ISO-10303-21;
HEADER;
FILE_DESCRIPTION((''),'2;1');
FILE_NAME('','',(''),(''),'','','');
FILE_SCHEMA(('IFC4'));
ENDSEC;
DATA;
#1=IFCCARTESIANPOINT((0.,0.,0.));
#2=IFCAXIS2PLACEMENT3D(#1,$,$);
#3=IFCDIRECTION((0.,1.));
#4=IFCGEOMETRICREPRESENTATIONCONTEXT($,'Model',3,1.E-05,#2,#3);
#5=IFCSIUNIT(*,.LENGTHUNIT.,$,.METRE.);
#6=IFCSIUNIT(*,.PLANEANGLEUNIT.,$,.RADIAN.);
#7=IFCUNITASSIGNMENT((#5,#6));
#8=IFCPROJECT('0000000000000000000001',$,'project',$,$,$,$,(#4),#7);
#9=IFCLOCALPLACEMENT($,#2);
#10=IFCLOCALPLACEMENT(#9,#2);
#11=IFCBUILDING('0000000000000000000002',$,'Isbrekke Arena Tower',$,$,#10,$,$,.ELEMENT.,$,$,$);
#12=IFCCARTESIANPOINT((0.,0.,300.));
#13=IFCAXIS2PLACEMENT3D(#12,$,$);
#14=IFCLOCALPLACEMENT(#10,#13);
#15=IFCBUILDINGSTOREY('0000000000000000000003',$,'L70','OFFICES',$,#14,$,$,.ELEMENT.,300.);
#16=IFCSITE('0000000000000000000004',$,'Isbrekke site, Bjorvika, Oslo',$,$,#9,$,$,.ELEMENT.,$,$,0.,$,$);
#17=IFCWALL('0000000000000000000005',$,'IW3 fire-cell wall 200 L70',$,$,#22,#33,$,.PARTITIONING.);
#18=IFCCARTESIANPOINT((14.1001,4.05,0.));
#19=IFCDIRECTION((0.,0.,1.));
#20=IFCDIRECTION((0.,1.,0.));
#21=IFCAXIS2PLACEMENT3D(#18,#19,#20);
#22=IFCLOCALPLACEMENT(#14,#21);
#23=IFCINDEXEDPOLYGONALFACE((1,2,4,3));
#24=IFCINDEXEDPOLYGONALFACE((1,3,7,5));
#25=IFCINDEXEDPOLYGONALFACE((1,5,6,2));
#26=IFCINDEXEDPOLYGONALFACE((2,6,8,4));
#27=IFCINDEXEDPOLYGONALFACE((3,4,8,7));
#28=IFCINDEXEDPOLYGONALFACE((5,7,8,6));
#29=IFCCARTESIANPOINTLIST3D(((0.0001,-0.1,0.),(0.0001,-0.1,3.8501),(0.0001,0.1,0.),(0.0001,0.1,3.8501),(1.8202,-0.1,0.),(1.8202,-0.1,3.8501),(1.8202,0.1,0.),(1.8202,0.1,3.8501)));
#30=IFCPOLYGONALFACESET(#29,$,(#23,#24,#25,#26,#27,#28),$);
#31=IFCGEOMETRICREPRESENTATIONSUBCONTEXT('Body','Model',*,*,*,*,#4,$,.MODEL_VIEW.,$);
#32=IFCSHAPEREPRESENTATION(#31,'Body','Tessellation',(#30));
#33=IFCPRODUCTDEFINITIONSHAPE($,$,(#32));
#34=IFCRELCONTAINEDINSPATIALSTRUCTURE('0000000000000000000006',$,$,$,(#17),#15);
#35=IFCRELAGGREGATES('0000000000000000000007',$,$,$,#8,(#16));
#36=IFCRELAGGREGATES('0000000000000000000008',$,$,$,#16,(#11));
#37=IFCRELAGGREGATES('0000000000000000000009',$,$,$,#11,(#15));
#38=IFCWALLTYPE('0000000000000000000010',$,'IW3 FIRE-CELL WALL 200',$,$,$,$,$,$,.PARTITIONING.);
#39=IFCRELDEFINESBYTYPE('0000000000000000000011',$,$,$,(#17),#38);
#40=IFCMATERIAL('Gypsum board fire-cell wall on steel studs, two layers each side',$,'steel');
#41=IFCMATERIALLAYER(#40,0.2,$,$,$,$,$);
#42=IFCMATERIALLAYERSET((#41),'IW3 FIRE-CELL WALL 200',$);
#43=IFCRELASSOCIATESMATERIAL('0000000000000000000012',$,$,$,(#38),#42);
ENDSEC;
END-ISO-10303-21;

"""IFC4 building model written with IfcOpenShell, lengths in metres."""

from ifc_helpers import new_model, si_unit, direction, frame, frame_2d, origin, place, context, subcontext, project, spatial, rectangle, extrude, material, layer, layer_set, type_object, element, save


model = new_model("IFC4")

# Units and contexts
model_context = context("Model", 3, precision=1e-05, world=origin(), true_north=direction((0.0, 1.0)))
body_context = subcontext(model_context, "Body", "Model", "MODEL_VIEW")
ifc_project = project(units=[si_unit("LENGTHUNIT", "METRE"), si_unit("PLANEANGLEUNIT", "RADIAN")], contexts=[model_context])

# Site, building, storey
site_placement = place(None, origin())
site = spatial("IfcSite", under=ifc_project, at=site_placement, Name="Isbrekke site, Bjorvika, Oslo", CompositionType="ELEMENT", RefElevation=0.0)
building_placement = place(site_placement, origin())
building = spatial("IfcBuilding", under=site, at=building_placement, Name="Isbrekke Arena Tower", CompositionType="ELEMENT")
storey_placement = place(building_placement, frame((0.0, 0.0, 300.0)))
storey = spatial("IfcBuildingStorey", under=building, at=storey_placement, Name="L70", Description="OFFICES", CompositionType="ELEMENT", Elevation=300.0)

# Wall
ifc_material_1 = material(Name="Gypsum board fire-cell wall on steel studs, two layers each side", Category="steel")
ifc_layer_1 = layer(ifc_material_1, 0.2)
ifc_layer_set_1 = layer_set([ifc_layer_1], Name="IW3 FIRE-CELL WALL 200")
wall_type_1 = type_object("IfcWallType", Name="IW3 FIRE-CELL WALL 200", PredefinedType="PARTITIONING", material=ifc_layer_set_1)
wall_1_placement = place(storey_placement, frame((14.1001, 4.05, 0.0), z_axis=(0.0, 0.0, 1.0), x_axis=(0.0, 1.0, 0.0)))
element("IfcWall", 1, at=wall_1_placement, inside=storey, type_object=wall_type_1, Name="IW3 fire-cell wall 200 L70", PredefinedType="PARTITIONING", context=body_context, shape_type="SweptSolid", body=[
    extrude(rectangle(XDim=1.8201, YDim=0.2, at=frame_2d((0.9102, 0.0))), origin(), (0.0, 0.0, 1.0), 3.8501),
])

save(model, "model.ifc")
